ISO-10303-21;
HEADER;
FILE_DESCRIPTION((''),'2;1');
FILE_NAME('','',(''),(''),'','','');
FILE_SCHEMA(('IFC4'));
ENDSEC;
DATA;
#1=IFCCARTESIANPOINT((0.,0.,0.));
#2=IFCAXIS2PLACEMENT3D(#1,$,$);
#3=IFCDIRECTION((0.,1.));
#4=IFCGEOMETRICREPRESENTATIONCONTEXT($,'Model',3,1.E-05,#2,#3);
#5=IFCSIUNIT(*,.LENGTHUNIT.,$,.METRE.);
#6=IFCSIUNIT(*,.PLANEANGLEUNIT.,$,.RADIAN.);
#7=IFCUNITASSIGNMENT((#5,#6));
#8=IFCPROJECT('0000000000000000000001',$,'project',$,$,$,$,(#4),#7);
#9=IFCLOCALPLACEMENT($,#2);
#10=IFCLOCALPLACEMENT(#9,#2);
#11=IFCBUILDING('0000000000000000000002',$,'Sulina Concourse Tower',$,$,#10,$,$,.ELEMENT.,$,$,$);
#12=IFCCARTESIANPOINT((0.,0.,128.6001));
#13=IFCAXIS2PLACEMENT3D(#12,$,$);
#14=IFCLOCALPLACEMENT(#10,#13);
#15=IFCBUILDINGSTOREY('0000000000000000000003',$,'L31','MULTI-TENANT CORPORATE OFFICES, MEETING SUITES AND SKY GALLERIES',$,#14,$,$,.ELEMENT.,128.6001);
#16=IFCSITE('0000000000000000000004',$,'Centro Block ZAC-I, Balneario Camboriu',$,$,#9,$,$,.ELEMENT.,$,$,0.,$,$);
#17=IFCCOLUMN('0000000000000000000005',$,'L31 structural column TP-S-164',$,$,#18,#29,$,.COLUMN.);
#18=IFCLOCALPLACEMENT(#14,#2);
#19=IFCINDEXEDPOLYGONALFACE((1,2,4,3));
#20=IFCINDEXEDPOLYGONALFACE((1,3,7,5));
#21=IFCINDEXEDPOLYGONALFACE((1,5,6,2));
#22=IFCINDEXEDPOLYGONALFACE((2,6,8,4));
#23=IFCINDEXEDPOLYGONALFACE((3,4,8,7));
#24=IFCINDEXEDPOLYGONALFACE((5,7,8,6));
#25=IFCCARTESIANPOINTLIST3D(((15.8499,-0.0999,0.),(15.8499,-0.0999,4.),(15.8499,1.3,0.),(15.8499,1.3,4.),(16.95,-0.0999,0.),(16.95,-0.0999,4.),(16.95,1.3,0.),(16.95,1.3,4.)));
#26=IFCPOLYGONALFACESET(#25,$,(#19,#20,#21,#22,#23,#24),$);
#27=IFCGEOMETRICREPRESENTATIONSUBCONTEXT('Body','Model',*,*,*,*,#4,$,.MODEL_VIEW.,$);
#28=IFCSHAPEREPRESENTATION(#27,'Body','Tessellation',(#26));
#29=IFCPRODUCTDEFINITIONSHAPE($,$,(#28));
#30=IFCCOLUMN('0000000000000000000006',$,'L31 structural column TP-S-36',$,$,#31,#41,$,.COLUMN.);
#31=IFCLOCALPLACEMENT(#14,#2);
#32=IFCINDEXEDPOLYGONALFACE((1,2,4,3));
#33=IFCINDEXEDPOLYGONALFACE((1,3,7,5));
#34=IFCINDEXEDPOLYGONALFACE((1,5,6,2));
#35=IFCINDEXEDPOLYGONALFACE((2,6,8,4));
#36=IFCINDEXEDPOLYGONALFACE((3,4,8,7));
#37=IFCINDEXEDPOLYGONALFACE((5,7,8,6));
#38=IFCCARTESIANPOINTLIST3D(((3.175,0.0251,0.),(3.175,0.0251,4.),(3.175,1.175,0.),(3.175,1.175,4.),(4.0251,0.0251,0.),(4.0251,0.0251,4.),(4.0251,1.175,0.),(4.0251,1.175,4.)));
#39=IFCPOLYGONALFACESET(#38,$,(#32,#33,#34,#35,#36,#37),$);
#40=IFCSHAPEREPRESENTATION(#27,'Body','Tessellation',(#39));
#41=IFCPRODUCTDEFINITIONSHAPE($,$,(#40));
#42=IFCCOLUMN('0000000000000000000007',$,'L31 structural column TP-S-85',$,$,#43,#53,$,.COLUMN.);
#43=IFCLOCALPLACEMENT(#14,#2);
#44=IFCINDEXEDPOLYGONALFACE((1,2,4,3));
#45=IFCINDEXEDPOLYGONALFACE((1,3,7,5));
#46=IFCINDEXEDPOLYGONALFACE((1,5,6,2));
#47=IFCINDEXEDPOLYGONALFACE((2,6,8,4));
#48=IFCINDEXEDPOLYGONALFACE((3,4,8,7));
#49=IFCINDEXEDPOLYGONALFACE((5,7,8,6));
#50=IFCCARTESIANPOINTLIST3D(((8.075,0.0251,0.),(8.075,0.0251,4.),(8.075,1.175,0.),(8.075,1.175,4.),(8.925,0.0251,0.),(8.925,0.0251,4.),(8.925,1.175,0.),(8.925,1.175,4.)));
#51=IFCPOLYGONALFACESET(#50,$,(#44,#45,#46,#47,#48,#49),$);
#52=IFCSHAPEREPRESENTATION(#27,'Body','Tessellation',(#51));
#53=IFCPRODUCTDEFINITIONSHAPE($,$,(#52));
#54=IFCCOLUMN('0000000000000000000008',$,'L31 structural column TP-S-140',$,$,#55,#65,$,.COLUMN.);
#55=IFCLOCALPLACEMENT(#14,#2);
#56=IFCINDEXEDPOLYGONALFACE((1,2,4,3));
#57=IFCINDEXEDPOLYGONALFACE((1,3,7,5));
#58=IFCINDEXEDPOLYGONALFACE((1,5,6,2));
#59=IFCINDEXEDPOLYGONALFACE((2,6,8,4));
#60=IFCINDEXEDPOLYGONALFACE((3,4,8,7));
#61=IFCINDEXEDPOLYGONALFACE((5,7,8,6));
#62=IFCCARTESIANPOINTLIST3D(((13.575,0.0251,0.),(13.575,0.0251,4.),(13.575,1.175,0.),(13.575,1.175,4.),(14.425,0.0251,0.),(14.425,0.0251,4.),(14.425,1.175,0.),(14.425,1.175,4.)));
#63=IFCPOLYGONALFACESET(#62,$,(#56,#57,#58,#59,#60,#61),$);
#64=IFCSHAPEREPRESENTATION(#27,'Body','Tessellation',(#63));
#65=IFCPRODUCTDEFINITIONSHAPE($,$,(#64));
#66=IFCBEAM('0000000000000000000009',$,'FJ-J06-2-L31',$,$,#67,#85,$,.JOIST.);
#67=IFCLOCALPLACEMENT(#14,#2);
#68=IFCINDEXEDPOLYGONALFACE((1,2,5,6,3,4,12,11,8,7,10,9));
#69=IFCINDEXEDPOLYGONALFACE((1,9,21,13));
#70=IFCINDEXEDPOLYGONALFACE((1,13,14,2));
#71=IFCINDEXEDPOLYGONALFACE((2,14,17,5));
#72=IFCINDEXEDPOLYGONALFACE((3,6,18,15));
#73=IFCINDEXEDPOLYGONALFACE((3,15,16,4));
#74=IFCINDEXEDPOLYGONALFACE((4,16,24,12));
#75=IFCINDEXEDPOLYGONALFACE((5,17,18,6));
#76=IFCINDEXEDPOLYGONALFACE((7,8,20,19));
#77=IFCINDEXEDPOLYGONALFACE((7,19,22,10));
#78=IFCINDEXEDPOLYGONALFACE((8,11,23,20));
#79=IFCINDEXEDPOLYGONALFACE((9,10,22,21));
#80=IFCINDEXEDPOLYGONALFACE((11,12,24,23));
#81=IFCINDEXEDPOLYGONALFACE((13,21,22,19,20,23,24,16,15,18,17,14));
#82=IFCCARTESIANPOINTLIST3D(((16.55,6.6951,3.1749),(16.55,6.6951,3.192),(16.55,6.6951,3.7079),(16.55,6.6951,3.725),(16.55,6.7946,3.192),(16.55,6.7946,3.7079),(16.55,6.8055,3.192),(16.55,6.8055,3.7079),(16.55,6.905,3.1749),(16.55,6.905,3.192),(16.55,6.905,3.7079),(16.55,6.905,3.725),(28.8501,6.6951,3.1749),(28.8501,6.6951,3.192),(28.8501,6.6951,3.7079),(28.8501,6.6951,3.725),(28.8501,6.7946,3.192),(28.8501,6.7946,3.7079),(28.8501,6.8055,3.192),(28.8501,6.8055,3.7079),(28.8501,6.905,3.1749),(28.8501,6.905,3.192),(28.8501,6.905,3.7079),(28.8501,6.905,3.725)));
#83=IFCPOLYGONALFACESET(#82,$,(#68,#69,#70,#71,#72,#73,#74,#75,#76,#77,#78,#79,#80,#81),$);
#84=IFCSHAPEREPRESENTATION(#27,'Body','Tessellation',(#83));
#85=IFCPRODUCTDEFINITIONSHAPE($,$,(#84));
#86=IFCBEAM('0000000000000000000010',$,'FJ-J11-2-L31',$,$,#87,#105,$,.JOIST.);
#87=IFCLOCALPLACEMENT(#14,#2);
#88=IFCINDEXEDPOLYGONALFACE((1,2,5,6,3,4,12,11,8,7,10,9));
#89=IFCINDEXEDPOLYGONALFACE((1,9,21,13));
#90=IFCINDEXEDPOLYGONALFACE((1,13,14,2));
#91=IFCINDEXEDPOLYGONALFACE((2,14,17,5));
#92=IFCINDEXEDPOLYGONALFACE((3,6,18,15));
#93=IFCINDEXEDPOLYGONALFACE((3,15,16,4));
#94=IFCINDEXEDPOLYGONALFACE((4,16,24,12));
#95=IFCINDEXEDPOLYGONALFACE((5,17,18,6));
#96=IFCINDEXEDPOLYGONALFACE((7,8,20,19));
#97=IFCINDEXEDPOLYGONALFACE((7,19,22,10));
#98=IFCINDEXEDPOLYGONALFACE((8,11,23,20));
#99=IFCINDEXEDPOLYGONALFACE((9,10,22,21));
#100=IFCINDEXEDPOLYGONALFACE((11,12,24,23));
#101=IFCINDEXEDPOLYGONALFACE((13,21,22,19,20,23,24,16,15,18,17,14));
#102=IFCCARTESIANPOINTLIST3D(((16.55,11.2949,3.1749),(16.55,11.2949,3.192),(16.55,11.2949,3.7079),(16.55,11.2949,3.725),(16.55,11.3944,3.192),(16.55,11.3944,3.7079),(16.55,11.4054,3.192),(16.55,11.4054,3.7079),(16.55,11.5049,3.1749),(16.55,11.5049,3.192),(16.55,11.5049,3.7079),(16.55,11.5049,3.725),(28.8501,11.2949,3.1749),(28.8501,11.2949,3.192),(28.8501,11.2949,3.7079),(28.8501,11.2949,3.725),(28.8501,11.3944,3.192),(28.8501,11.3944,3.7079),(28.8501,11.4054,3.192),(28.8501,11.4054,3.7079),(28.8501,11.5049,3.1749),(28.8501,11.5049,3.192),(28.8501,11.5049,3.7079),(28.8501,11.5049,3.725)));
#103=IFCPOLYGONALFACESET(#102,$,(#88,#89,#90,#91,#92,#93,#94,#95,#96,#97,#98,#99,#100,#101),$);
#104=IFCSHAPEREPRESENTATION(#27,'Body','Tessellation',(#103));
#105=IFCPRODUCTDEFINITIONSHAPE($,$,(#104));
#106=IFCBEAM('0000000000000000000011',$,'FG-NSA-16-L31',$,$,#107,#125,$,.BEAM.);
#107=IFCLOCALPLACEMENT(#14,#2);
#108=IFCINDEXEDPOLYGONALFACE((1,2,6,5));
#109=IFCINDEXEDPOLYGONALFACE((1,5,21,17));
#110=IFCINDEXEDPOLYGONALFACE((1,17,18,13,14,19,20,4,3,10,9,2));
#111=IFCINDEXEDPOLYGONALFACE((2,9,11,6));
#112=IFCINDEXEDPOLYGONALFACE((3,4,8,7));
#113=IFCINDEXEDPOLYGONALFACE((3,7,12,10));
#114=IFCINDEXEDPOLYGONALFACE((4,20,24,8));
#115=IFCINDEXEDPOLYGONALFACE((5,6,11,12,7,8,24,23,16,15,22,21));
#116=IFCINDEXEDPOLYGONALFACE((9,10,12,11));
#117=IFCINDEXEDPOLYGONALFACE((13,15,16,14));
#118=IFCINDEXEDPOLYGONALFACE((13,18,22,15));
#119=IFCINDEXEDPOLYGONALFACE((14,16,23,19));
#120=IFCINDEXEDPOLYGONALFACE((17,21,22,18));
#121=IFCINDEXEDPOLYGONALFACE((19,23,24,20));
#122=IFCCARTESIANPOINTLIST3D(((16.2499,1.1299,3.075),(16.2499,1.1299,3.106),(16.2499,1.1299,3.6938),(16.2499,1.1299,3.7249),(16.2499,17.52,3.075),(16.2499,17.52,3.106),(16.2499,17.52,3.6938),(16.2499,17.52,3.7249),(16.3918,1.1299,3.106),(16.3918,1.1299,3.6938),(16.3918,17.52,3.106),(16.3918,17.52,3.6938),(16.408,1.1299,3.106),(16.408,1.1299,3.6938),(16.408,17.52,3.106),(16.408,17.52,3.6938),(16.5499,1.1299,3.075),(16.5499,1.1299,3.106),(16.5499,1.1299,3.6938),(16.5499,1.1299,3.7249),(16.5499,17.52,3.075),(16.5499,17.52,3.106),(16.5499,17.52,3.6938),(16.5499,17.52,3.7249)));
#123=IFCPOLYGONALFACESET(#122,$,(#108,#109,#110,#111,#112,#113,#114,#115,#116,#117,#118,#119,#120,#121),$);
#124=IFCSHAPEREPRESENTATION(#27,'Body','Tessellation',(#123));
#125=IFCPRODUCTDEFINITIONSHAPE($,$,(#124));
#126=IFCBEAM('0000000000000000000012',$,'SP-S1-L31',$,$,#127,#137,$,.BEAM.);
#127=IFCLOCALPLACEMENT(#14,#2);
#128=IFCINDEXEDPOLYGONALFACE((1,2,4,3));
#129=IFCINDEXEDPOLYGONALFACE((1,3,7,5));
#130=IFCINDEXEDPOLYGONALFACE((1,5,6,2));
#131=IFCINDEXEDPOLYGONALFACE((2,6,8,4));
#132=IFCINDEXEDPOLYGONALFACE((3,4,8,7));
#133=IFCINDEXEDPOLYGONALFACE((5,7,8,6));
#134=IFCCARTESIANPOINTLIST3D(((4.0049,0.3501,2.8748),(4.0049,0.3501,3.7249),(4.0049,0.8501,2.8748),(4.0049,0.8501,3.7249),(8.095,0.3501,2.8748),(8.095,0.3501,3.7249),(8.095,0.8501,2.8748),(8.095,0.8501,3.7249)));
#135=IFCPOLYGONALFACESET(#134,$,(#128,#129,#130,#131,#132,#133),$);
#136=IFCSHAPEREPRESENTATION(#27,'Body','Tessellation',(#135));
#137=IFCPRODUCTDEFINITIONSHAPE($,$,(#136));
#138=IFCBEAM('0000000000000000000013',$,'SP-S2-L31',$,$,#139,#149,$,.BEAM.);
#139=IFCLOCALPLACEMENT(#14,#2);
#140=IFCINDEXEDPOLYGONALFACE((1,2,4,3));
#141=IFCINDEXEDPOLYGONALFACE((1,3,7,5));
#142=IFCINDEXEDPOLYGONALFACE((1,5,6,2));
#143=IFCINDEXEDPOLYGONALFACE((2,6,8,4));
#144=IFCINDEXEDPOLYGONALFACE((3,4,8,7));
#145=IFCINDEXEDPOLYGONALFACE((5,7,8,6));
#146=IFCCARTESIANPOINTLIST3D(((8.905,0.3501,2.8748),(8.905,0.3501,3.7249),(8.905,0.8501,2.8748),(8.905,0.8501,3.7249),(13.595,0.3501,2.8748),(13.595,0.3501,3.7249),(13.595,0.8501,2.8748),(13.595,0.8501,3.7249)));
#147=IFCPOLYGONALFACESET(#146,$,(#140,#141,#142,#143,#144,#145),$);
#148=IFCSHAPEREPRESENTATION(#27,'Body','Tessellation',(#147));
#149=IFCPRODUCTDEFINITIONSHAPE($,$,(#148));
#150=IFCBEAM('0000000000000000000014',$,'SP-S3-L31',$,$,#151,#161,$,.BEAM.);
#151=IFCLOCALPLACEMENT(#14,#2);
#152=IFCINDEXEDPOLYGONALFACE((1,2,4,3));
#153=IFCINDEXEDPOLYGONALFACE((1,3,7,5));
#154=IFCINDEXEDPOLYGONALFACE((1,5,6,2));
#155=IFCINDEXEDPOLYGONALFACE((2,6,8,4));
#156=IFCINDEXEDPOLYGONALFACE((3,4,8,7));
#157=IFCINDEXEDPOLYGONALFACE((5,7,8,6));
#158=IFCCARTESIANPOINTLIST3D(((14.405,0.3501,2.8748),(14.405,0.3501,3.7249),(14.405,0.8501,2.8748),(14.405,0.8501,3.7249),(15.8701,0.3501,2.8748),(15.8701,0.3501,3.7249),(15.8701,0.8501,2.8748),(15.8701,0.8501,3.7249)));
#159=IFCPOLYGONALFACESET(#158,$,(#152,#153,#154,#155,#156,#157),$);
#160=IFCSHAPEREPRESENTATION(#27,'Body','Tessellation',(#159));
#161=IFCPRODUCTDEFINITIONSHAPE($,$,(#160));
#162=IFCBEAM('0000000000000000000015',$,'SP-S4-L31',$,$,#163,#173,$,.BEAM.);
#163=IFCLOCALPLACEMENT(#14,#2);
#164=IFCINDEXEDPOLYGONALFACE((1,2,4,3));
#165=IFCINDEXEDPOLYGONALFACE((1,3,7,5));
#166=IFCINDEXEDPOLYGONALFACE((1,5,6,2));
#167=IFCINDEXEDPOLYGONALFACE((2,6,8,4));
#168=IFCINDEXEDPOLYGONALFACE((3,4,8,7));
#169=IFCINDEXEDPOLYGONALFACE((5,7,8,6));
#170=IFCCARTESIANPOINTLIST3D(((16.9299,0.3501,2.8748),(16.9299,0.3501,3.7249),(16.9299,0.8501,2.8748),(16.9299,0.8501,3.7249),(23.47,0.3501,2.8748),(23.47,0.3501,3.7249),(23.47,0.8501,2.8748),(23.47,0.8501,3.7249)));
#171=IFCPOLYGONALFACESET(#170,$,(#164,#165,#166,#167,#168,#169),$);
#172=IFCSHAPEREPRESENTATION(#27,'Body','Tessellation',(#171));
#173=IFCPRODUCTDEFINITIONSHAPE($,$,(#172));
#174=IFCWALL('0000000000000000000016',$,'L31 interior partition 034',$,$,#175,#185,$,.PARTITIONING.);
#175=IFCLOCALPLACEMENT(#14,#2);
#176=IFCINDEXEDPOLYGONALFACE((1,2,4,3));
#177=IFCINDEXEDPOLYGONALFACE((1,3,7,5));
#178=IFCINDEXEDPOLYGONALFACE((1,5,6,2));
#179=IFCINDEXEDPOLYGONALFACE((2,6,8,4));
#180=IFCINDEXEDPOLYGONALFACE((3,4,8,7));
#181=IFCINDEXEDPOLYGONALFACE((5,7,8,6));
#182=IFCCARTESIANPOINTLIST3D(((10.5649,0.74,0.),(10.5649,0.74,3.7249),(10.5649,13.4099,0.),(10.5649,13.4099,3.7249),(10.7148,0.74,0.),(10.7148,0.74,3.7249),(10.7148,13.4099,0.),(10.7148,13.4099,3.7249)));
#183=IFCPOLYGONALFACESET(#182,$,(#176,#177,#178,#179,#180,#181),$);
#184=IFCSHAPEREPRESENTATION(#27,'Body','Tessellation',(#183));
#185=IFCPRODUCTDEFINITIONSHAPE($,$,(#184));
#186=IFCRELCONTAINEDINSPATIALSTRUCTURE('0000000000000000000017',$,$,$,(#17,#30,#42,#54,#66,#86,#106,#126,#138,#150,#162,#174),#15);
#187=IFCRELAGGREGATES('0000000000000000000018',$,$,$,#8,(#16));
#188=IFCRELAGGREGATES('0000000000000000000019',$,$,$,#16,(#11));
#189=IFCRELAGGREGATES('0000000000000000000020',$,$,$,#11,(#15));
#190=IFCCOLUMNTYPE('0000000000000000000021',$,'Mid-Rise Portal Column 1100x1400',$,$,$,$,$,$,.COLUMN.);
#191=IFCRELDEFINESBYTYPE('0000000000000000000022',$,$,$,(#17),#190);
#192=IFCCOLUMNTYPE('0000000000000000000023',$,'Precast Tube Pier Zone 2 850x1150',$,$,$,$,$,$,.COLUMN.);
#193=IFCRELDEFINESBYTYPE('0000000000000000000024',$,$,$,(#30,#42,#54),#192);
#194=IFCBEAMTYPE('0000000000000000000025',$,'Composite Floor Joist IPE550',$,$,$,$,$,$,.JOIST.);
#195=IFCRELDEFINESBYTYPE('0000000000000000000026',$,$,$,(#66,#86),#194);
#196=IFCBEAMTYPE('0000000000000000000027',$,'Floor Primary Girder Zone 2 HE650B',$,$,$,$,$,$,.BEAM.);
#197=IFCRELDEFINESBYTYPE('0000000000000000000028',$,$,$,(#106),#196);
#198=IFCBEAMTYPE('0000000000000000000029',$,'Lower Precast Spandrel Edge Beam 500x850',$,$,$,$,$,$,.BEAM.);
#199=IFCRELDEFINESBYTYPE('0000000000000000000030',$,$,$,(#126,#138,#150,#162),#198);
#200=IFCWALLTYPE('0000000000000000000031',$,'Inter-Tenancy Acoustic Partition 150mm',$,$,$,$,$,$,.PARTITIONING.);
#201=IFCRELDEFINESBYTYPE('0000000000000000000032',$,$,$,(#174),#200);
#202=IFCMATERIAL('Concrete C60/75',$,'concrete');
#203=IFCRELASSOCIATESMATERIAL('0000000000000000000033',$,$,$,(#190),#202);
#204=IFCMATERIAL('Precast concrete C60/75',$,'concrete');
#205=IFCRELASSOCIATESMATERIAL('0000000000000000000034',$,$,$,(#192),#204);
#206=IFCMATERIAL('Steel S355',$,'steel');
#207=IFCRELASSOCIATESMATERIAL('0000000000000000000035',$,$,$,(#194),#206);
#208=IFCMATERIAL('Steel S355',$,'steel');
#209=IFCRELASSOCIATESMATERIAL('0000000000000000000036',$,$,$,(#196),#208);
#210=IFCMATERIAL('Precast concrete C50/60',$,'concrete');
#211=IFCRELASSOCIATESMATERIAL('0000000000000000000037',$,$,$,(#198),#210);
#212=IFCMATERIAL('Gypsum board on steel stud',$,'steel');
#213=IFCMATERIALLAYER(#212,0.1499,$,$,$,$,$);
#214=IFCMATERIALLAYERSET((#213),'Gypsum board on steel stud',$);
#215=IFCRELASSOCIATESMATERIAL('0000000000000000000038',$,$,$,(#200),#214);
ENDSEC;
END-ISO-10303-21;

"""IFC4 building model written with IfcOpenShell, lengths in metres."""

from ifc_helpers import new_model, si_unit, direction, frame, frame_2d, origin, origin_2d, place, context, subcontext, project, spatial, rectangle, i_section, extrude, material, layer, layer_set, material_profile, profile_set, type_object, element, save


model = new_model("IFC4")

# Units and contexts
model_context = context("Model", 3, precision=1e-05, world=origin(), true_north=direction((0.0, 1.0)))
body_context = subcontext(model_context, "Body", "Model", "MODEL_VIEW")
ifc_project = project(units=[si_unit("LENGTHUNIT", "METRE"), si_unit("PLANEANGLEUNIT", "RADIAN")], contexts=[model_context])

# Site, building, storey
site_placement = place(None, origin())
site = spatial("IfcSite", under=ifc_project, at=site_placement, Name="Centro Block ZAC-I, Balneario Camboriu", CompositionType="ELEMENT", RefElevation=0.0)
building_placement = place(site_placement, origin())
building = spatial("IfcBuilding", under=site, at=building_placement, Name="Sulina Concourse Tower", CompositionType="ELEMENT")
storey_placement = place(building_placement, frame((0.0, 0.0, 128.6001)))
storey = spatial("IfcBuildingStorey", under=building, at=storey_placement, Name="L31", Description="MULTI-TENANT CORPORATE OFFICES, MEETING SUITES AND SKY GALLERIES", CompositionType="ELEMENT", Elevation=128.6001)

# Columns
ifc_material_1 = material(Name="Concrete C60/75", Category="concrete")
ifc_material_profile_1 = material_profile(ifc_material_1, rectangle(XDim=1.1001, YDim=1.3999, at=origin_2d()), Name="RC 1100x1400")
ifc_profile_set_1 = profile_set([ifc_material_profile_1], Name="Concrete C60/75")
column_type_1 = type_object("IfcColumnType", Name="Mid-Rise Portal Column 1100x1400", PredefinedType="COLUMN", material=ifc_profile_set_1)
column_placement = place(storey_placement, frame((16.3999, 0.6001, 0.0), z_axis=(0.0, 0.0, 1.0), x_axis=(1.0, 0.0, 0.0)))
element("IfcColumn", 1, at=column_placement, inside=storey, type_object=column_type_1, Name="L31 structural column TP-S-164", PredefinedType="COLUMN", context=body_context, shape_type="SweptSolid", body=[
    extrude(rectangle(XDim=1.1001, YDim=1.3999, at=origin_2d()), origin(), (0.0, 0.0, 1.0), 4.0),
])
ifc_material_2 = material(Name="Precast concrete C60/75", Category="concrete")
ifc_material_profile_2 = material_profile(ifc_material_2, rectangle(XDim=0.8501, YDim=1.1499, at=origin_2d()), Name="PC 850x1150")
ifc_profile_set_2 = profile_set([ifc_material_profile_2], Name="Precast concrete C60/75")
column_type_2 = type_object("IfcColumnType", Name="Precast Tube Pier Zone 2 850x1150", PredefinedType="COLUMN", material=ifc_profile_set_2)
for number, where, z_axis, x_axis, name in (
    (2, (3.6001, 0.6001, 0.0), (0.0, 0.0, 1.0), (1.0, 0.0, 0.0), "L31 structural column TP-S-36"),
    (3, (8.5, 0.6001, 0.0), (0.0, 0.0, 1.0), (1.0, 0.0, 0.0), "L31 structural column TP-S-85"),
    (4, (14.0, 0.6001, 0.0), (0.0, 0.0, 1.0), (1.0, 0.0, 0.0), "L31 structural column TP-S-140"),
):
    element("IfcColumn", number, at=place(storey_placement, frame(where, z_axis=z_axis, x_axis=x_axis)), inside=storey, type_object=column_type_2, Name=name, PredefinedType="COLUMN", context=body_context, shape_type="SweptSolid", body=[
        extrude(rectangle(XDim=0.8501, YDim=1.1499, at=origin_2d()), origin(), (0.0, 0.0, 1.0), 4.0),
    ])

# Beams
ifc_material_3 = material(Name="Steel S355", Category="steel")
ifc_material_profile_3 = material_profile(ifc_material_3, i_section(OverallWidth=0.21, OverallDepth=0.55, WebThickness=0.011, FlangeThickness=0.0171, at=origin_2d()), Name="IPE 550")
ifc_profile_set_3 = profile_set([ifc_material_profile_3], Name="Steel S355")
beam_type_1 = type_object("IfcBeamType", Name="Composite Floor Joist IPE550", PredefinedType="JOIST", material=ifc_profile_set_3)
for number, where, z_axis, x_axis, name in (
    (5, (16.55, 6.8, 3.45), (1.0, 0.0, 0.0), (0.0, 1.0, 0.0), "FJ-J06-2-L31"),
    (6, (16.55, 11.3999, 3.45), (1.0, 0.0, 0.0), (0.0, 1.0, 0.0), "FJ-J11-2-L31"),
):
    element("IfcBeam", number, at=place(storey_placement, frame(where, z_axis=z_axis, x_axis=x_axis)), inside=storey, type_object=beam_type_1, Name=name, PredefinedType="JOIST", context=body_context, shape_type="SweptSolid", body=[
        extrude(i_section(OverallWidth=0.21, OverallDepth=0.55, WebThickness=0.011, FlangeThickness=0.0171, at=origin_2d()), origin(), (0.0, 0.0, 1.0), 12.3),
    ])
ifc_material_4 = material(Name="Steel S355", Category="steel")
ifc_material_profile_4 = material_profile(ifc_material_4, i_section(OverallWidth=0.3, OverallDepth=0.6499, WebThickness=0.0161, FlangeThickness=0.031, at=origin_2d()), Name="HE 650 B")
ifc_profile_set_4 = profile_set([ifc_material_profile_4], Name="Steel S355")
beam_type_2 = type_object("IfcBeamType", Name="Floor Primary Girder Zone 2 HE650B", PredefinedType="BEAM", material=ifc_profile_set_4)
beam_1_placement = place(storey_placement, frame((16.3999, 1.1299, 3.3999), z_axis=(0.0, 1.0, 0.0), x_axis=(-1.0, 0.0, 0.0)))
element("IfcBeam", 7, at=beam_1_placement, inside=storey, type_object=beam_type_2, Name="FG-NSA-16-L31", PredefinedType="BEAM", context=body_context, shape_type="SweptSolid", body=[
    extrude(i_section(OverallWidth=0.3, OverallDepth=0.6499, WebThickness=0.0161, FlangeThickness=0.031, at=origin_2d()), origin(), (0.0, 0.0, 1.0), 16.3901),
])
ifc_material_5 = material(Name="Precast concrete C50/60", Category="concrete")
ifc_material_profile_5 = material_profile(ifc_material_5, rectangle(XDim=0.5, YDim=0.8501, at=origin_2d()), Name="RC 500x850")
ifc_profile_set_5 = profile_set([ifc_material_profile_5], Name="Precast concrete C50/60")
beam_type_3 = type_object("IfcBeamType", Name="Lower Precast Spandrel Edge Beam 500x850", PredefinedType="BEAM", material=ifc_profile_set_5)
beam_2_placement = place(storey_placement, frame((4.0049, 0.6001, 3.2998), z_axis=(1.0, 0.0, 0.0), x_axis=(0.0, 1.0, 0.0)))
element("IfcBeam", 8, at=beam_2_placement, inside=storey, type_object=beam_type_3, Name="SP-S1-L31", PredefinedType="BEAM", context=body_context, shape_type="SweptSolid", body=[
    extrude(rectangle(XDim=0.5, YDim=0.8501, at=origin_2d()), origin(), (0.0, 0.0, 1.0), 4.0901),
])
beam_3_placement = place(storey_placement, frame((8.905, 0.6001, 3.2998), z_axis=(1.0, 0.0, 0.0), x_axis=(0.0, 1.0, 0.0)))
element("IfcBeam", 9, at=beam_3_placement, inside=storey, type_object=beam_type_3, Name="SP-S2-L31", PredefinedType="BEAM", context=body_context, shape_type="SweptSolid", body=[
    extrude(rectangle(XDim=0.5, YDim=0.8501, at=origin_2d()), origin(), (0.0, 0.0, 1.0), 4.6899),
])
beam_4_placement = place(storey_placement, frame((14.405, 0.6001, 3.2998), z_axis=(1.0, 0.0, 0.0), x_axis=(0.0, 1.0, 0.0)))
element("IfcBeam", 10, at=beam_4_placement, inside=storey, type_object=beam_type_3, Name="SP-S3-L31", PredefinedType="BEAM", context=body_context, shape_type="SweptSolid", body=[
    extrude(rectangle(XDim=0.5, YDim=0.8501, at=origin_2d()), origin(), (0.0, 0.0, 1.0), 1.4651),
])
beam_5_placement = place(storey_placement, frame((16.9299, 0.6001, 3.2998), z_axis=(1.0, 0.0, 0.0), x_axis=(0.0, 1.0, 0.0)))
element("IfcBeam", 11, at=beam_5_placement, inside=storey, type_object=beam_type_3, Name="SP-S4-L31", PredefinedType="BEAM", context=body_context, shape_type="SweptSolid", body=[
    extrude(rectangle(XDim=0.5, YDim=0.8501, at=origin_2d()), origin(), (0.0, 0.0, 1.0), 6.54),
])

# Wall
ifc_material_6 = material(Name="Gypsum board on steel stud", Category="steel")
ifc_layer_1 = layer(ifc_material_6, 0.1499)
ifc_layer_set_1 = layer_set([ifc_layer_1], Name="Gypsum board on steel stud")
wall_type_1 = type_object("IfcWallType", Name="Inter-Tenancy Acoustic Partition 150mm", PredefinedType="PARTITIONING", material=ifc_layer_set_1)
for number, where, z_axis, x_axis, name in (
    (12, (10.6399, 0.74, 0.0), (0.0, 0.0, 1.0), (0.0, 1.0, 0.0), "L31 interior partition 034"),
):
    element("IfcWall", number, at=place(storey_placement, frame(where, z_axis=z_axis, x_axis=x_axis)), inside=storey, type_object=wall_type_1, Name=name, PredefinedType="PARTITIONING", context=body_context, shape_type="SweptSolid", body=[
        extrude(rectangle(XDim=12.6699, YDim=0.1499, at=frame_2d((6.335, 0.0))), origin(), (0.0, 0.0, 1.0), 3.7249),
    ])

save(model, "model.ifc")
